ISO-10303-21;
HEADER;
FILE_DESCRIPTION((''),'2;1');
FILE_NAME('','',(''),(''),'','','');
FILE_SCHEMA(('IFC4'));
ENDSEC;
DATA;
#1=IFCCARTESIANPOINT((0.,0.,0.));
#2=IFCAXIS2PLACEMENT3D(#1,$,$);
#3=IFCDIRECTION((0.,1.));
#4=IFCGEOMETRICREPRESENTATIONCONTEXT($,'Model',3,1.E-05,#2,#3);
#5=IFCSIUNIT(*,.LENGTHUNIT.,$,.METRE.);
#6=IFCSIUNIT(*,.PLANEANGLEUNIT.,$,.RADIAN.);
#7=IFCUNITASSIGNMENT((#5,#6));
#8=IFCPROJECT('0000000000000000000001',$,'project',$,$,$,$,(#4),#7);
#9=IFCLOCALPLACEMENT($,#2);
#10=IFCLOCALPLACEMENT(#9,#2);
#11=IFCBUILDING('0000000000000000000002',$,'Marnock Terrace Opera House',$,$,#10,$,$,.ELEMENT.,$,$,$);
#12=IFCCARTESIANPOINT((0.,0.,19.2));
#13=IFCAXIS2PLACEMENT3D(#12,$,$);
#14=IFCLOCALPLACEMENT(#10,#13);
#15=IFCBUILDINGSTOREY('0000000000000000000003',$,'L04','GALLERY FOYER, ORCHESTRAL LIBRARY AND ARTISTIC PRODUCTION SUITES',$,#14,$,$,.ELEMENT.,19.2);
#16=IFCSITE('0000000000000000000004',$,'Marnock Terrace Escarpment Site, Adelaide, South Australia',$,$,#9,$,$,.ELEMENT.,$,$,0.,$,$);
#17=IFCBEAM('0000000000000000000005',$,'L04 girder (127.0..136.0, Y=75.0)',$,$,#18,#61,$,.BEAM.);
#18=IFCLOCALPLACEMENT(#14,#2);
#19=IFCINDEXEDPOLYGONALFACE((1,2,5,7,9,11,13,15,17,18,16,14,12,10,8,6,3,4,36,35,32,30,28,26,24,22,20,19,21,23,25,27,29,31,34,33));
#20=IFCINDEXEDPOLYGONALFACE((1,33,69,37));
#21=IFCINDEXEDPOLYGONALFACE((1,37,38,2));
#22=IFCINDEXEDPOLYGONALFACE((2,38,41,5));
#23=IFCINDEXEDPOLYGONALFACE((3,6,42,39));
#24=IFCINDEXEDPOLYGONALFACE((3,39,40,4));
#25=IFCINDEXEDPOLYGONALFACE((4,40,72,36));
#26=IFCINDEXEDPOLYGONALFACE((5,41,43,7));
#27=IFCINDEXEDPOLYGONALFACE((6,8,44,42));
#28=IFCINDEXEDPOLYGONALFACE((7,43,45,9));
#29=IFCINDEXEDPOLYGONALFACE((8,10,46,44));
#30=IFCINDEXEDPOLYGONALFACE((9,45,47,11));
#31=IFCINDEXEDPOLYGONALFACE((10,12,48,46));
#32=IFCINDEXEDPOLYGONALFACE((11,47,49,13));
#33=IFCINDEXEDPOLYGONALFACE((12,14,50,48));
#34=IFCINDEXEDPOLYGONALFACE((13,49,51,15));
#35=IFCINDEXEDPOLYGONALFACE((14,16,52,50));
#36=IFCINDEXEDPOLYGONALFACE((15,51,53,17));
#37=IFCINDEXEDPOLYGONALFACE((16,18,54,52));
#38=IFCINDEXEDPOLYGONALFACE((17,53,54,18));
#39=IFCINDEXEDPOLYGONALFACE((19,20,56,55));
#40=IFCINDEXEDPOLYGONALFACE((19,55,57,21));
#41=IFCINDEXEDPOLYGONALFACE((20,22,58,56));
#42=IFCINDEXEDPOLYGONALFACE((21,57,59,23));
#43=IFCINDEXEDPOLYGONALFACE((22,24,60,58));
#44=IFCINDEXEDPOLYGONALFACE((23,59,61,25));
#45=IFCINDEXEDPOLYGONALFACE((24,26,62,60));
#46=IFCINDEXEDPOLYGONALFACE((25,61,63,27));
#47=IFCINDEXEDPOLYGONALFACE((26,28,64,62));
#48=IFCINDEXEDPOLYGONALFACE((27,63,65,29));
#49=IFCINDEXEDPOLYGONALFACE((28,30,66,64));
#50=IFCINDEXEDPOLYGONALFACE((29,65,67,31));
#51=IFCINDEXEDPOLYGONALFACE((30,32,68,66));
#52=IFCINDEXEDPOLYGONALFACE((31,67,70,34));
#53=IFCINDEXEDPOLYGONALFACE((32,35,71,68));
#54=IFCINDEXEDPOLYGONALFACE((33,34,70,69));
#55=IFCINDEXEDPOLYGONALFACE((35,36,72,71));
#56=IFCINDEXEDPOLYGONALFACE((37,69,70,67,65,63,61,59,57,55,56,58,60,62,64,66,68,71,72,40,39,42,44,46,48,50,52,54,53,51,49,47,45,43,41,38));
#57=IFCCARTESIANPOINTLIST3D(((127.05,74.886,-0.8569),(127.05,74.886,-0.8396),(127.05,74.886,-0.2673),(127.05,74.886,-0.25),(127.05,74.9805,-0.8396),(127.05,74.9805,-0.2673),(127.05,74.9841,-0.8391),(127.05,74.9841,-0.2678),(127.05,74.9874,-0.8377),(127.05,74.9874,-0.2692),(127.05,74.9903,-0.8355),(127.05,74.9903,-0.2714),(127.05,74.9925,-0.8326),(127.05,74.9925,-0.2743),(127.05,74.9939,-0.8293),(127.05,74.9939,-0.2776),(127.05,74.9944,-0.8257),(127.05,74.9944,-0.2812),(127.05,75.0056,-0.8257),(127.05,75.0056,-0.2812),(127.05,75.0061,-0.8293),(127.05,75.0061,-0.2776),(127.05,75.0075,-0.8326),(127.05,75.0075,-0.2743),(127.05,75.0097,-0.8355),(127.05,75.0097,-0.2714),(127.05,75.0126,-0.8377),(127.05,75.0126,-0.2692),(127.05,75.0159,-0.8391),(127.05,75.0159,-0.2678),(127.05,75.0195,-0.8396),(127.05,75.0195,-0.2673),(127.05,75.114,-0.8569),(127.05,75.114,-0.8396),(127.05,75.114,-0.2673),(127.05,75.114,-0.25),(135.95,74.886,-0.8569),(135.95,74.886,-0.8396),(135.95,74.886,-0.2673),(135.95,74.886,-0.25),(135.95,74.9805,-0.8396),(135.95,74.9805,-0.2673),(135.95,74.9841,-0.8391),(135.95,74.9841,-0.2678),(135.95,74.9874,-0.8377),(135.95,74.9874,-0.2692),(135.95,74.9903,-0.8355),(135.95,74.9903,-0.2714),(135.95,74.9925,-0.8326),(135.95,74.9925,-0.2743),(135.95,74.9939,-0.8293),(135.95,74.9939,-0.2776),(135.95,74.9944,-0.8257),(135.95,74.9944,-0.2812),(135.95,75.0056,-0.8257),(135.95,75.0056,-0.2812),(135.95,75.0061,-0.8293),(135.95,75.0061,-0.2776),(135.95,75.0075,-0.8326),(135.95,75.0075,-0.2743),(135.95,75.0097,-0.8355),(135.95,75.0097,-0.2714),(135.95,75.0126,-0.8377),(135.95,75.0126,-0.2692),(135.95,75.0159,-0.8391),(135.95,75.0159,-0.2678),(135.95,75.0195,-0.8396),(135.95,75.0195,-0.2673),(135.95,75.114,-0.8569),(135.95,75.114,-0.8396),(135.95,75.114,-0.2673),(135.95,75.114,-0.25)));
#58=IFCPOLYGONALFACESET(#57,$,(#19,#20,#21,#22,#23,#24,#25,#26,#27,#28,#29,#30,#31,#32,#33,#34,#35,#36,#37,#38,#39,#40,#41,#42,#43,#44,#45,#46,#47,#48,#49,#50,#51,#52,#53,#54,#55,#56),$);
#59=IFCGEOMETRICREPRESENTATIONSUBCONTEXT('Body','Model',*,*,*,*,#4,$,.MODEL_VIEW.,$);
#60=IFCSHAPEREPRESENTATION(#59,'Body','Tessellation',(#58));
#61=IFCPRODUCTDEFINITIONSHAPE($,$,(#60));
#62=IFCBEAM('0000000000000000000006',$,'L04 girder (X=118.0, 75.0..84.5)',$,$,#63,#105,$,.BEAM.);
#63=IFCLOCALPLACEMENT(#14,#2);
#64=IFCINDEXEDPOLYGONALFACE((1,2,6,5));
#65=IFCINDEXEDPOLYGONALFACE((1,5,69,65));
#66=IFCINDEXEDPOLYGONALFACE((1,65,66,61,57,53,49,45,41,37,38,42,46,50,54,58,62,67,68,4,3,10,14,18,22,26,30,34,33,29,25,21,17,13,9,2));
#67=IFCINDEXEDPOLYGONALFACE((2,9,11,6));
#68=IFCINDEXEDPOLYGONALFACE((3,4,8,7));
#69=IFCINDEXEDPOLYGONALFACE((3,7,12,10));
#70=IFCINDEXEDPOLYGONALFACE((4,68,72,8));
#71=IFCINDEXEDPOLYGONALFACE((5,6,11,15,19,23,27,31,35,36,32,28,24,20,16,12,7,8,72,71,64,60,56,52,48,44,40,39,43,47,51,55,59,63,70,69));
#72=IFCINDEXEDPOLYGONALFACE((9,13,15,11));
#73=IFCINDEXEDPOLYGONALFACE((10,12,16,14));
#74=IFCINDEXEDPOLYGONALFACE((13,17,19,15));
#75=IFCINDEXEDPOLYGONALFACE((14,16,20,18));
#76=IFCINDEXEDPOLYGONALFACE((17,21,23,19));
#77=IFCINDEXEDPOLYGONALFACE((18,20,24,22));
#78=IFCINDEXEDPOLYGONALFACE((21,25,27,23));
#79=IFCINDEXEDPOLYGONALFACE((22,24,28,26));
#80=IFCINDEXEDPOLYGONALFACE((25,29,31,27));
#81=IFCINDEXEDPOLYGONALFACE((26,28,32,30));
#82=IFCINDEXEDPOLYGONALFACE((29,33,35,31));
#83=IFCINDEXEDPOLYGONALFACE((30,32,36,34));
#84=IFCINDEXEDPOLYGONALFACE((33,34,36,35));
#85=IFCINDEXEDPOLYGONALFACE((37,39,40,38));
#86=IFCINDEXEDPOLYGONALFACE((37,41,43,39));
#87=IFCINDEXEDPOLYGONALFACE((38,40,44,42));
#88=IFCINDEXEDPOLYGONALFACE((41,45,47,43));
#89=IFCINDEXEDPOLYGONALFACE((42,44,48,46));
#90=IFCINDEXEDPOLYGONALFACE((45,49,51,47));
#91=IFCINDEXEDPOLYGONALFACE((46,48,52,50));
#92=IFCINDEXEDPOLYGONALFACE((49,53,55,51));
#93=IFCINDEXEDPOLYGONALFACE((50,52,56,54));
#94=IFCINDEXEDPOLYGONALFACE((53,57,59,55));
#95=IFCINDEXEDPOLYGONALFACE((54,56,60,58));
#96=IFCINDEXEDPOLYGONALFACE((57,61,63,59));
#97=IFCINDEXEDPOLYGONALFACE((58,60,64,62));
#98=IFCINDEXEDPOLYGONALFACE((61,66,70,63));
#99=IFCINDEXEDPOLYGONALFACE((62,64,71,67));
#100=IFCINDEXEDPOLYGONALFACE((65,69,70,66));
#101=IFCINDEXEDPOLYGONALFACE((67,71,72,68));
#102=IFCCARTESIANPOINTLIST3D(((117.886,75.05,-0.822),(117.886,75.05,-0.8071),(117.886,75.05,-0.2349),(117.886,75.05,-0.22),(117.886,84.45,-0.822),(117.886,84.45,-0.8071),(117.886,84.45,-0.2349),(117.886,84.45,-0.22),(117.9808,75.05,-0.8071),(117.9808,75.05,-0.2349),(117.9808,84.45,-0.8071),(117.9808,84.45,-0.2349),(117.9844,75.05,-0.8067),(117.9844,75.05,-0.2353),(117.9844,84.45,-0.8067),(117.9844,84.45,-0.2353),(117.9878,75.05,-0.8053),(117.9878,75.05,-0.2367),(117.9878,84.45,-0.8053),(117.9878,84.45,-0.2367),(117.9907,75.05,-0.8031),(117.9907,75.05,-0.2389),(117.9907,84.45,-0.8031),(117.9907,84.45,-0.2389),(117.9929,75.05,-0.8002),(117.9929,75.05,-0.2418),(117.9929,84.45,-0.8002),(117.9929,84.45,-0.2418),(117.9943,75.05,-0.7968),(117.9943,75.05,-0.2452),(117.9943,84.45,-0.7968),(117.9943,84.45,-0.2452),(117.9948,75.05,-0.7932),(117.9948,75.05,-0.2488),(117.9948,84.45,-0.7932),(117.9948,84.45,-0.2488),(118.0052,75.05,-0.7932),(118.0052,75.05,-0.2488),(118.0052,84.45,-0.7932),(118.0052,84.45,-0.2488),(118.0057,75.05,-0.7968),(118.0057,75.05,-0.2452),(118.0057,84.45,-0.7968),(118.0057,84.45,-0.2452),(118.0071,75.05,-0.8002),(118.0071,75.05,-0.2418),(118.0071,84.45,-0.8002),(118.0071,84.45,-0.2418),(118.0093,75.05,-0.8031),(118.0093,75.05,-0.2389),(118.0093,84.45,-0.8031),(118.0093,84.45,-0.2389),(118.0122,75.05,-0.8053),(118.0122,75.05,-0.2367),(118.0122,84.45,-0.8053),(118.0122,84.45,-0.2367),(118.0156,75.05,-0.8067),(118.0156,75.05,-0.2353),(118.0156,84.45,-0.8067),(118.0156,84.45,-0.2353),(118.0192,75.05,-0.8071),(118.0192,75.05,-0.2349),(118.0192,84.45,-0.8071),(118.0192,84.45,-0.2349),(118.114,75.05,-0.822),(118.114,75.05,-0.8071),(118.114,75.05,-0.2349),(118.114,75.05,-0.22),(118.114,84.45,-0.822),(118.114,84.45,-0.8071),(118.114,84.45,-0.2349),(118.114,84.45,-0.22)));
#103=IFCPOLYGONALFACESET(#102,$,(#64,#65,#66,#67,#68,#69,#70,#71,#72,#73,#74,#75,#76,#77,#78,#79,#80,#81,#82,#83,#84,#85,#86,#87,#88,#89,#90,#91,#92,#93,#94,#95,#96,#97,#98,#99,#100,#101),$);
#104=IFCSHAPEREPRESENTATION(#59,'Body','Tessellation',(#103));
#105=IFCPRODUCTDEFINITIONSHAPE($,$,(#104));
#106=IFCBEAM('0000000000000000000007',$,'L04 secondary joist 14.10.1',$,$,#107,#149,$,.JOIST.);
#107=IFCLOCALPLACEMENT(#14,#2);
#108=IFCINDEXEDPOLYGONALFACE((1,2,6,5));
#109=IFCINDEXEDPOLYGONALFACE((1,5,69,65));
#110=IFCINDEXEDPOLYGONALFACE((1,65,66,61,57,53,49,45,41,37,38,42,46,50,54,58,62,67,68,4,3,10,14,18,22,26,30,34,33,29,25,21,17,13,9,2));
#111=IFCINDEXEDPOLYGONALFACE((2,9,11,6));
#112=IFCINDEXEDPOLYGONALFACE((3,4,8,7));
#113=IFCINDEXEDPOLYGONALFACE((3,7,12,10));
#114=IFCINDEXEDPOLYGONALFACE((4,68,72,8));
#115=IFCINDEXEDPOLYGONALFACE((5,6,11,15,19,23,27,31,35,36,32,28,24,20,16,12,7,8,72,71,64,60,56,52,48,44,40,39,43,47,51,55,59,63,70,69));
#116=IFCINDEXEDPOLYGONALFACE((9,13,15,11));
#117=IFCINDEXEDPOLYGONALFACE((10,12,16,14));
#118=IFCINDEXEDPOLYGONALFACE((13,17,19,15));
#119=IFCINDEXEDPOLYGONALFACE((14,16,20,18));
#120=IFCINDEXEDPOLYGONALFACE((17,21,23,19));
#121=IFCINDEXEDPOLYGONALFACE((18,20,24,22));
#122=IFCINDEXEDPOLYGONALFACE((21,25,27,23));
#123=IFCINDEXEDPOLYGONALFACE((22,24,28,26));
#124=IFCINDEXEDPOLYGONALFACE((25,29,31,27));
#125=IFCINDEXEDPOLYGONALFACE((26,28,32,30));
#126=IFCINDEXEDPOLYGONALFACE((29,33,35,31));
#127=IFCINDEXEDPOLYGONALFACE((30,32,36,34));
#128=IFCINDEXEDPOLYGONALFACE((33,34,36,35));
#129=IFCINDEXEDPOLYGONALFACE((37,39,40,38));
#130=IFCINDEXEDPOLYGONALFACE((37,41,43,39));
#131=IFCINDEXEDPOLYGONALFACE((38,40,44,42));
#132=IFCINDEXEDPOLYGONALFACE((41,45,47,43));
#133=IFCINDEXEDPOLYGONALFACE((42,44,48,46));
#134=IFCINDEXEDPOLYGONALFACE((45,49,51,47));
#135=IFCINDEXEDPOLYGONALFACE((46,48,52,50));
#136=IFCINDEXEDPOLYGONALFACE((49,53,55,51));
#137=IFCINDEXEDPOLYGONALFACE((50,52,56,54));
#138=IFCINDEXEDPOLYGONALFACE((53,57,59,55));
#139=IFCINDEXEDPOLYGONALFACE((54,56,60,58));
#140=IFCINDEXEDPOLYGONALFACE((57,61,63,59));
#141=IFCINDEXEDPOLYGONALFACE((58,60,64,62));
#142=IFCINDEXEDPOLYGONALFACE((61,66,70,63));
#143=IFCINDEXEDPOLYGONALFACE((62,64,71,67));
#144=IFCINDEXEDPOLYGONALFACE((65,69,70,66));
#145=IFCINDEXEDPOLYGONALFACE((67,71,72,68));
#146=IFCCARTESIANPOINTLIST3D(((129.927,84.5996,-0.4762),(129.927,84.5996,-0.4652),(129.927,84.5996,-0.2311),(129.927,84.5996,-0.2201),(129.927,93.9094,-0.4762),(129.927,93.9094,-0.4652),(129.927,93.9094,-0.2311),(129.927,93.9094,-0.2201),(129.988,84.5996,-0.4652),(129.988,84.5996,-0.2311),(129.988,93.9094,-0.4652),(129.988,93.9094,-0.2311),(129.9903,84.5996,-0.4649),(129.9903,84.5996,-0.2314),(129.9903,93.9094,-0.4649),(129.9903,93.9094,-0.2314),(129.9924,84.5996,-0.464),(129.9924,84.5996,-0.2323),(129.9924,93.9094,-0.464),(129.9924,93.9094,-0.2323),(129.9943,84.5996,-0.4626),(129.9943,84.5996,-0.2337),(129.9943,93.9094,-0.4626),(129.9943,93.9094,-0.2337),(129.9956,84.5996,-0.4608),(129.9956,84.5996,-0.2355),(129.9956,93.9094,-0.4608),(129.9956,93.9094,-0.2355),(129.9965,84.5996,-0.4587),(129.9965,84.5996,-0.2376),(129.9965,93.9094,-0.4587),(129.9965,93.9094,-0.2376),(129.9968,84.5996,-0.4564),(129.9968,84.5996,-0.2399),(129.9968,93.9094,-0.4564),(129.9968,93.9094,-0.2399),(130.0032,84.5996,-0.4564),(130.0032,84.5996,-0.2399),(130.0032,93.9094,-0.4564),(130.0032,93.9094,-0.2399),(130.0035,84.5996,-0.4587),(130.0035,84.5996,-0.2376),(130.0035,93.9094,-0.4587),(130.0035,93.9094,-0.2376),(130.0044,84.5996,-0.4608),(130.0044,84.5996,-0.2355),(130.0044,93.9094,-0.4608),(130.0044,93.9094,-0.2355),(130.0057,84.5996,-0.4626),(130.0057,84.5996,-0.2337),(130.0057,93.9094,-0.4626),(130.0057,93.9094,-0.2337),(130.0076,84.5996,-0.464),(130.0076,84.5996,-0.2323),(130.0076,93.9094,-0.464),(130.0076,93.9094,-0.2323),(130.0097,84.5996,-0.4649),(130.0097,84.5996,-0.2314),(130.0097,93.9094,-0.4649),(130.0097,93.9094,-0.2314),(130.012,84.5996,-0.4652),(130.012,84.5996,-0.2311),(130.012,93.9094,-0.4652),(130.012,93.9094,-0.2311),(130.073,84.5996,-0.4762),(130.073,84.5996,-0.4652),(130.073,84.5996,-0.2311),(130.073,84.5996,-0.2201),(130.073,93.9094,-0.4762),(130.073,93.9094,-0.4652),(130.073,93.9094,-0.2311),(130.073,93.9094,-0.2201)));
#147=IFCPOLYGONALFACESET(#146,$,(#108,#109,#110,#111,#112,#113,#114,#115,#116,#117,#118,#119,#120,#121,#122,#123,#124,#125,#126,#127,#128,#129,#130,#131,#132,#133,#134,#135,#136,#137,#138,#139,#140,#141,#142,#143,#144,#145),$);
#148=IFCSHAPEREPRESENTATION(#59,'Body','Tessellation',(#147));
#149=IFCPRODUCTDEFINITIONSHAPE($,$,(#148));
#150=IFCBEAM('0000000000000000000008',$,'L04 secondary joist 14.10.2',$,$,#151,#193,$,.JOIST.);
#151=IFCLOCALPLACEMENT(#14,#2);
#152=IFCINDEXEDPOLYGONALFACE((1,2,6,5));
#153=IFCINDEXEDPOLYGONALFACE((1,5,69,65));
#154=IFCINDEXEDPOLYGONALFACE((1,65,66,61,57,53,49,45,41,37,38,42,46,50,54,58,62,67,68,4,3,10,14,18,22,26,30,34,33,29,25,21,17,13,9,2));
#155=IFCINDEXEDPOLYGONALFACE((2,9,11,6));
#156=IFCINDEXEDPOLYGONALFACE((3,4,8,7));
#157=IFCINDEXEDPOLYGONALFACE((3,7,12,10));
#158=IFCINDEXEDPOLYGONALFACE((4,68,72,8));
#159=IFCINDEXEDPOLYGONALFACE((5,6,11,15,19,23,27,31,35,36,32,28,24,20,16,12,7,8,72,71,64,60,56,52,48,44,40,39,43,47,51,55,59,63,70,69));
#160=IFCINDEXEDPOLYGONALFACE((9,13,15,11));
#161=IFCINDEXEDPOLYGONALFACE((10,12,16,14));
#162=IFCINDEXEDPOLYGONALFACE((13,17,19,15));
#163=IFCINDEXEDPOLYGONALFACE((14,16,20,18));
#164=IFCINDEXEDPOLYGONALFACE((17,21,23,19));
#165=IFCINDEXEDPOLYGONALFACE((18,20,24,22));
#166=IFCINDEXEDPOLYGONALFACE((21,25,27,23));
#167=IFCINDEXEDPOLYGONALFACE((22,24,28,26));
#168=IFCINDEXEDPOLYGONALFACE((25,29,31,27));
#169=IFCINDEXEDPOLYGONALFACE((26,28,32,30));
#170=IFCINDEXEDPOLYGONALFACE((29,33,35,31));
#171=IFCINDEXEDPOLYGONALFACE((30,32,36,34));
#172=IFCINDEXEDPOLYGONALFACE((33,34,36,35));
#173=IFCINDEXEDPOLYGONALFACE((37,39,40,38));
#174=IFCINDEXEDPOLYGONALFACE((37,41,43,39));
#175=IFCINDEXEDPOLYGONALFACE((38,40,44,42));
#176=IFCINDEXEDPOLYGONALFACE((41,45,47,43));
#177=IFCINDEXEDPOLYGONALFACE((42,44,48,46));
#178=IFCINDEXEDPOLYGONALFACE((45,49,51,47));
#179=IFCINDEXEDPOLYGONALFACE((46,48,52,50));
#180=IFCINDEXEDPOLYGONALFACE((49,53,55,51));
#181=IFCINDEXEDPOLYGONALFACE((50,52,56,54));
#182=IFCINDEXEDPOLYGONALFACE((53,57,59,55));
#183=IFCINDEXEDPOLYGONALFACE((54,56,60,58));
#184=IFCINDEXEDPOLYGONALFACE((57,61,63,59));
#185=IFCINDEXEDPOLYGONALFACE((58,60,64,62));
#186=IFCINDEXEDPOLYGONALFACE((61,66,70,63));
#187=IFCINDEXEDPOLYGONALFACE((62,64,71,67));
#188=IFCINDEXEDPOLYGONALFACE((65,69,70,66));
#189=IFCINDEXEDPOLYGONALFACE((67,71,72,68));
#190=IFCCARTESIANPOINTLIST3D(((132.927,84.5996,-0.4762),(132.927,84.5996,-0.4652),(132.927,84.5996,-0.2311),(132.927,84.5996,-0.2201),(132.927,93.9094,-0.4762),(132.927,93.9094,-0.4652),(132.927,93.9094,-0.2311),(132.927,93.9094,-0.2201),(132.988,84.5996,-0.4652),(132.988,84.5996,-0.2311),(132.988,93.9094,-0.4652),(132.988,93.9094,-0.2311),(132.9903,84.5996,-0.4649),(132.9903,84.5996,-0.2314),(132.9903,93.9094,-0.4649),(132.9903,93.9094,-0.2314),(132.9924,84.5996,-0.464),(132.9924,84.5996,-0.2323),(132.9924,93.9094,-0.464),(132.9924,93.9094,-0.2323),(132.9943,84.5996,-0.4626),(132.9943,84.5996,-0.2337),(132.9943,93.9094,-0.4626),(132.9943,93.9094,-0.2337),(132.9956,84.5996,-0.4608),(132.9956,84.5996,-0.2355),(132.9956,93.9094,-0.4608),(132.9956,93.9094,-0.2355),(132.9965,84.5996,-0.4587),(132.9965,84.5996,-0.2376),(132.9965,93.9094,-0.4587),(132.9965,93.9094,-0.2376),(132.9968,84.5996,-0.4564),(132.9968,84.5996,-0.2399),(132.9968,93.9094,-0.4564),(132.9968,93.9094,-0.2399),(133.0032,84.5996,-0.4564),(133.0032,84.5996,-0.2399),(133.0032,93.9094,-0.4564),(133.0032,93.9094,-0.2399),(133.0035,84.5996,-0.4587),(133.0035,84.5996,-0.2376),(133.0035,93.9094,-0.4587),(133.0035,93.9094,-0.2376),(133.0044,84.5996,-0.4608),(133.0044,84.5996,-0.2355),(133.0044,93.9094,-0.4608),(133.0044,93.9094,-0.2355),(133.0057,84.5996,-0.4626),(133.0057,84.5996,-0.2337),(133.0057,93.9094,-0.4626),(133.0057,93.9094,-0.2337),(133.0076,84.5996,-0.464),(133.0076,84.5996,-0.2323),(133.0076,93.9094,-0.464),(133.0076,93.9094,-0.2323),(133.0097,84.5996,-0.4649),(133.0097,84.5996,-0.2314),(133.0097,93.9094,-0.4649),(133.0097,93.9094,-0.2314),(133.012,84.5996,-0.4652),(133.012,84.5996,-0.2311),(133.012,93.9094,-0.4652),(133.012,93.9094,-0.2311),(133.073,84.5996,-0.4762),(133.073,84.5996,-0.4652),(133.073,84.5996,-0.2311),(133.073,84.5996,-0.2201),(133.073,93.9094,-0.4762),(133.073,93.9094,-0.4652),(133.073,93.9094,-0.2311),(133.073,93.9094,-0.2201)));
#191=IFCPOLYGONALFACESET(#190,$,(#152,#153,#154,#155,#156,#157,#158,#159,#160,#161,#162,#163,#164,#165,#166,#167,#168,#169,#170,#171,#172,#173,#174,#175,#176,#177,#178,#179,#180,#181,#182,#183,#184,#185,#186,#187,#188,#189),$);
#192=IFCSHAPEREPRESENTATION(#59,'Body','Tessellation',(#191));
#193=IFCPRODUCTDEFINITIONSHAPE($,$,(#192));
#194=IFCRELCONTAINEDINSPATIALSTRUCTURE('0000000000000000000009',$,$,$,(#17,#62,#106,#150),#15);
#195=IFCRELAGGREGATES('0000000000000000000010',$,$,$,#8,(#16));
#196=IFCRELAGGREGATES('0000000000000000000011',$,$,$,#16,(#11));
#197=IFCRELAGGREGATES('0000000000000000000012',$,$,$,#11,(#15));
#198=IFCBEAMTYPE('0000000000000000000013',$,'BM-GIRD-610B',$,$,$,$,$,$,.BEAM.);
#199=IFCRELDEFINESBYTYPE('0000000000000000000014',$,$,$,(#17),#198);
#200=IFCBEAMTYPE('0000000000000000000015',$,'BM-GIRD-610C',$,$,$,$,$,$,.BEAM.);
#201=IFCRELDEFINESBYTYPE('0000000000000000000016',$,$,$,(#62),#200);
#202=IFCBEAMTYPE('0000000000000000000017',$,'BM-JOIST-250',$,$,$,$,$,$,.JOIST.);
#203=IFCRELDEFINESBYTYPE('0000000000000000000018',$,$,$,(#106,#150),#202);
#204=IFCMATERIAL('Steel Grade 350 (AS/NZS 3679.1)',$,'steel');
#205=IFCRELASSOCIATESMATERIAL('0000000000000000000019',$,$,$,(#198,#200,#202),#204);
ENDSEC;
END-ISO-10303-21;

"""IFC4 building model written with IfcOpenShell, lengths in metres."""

from ifc_helpers import new_model, si_unit, direction, frame, origin, origin_2d, place, context, subcontext, project, spatial, i_section, extrude, material, material_profile, profile_set, type_object, element, save


model = new_model("IFC4")

# Units and contexts
model_context = context("Model", 3, precision=1e-05, world=origin(), true_north=direction((0.0, 1.0)))
body_context = subcontext(model_context, "Body", "Model", "MODEL_VIEW")
ifc_project = project(units=[si_unit("LENGTHUNIT", "METRE"), si_unit("PLANEANGLEUNIT", "RADIAN")], contexts=[model_context])

# Site, building, storey
site_placement = place(None, origin())
site = spatial("IfcSite", under=ifc_project, at=site_placement, Name="Marnock Terrace Escarpment Site, Adelaide, South Australia", CompositionType="ELEMENT", RefElevation=0.0)
building_placement = place(site_placement, origin())
building = spatial("IfcBuilding", under=site, at=building_placement, Name="Marnock Terrace Opera House", CompositionType="ELEMENT")
storey_placement = place(building_placement, frame((0.0, 0.0, 19.2)))
storey = spatial("IfcBuildingStorey", under=building, at=storey_placement, Name="L04", Description="GALLERY FOYER, ORCHESTRAL LIBRARY AND ARTISTIC PRODUCTION SUITES", CompositionType="ELEMENT", Elevation=19.2)

# Beams
ifc_material_1 = material(Name="Steel Grade 350 (AS/NZS 3679.1)", Category="steel")
ifc_material_profile_1 = material_profile(ifc_material_1, i_section(OverallWidth=0.228, OverallDepth=0.6069, WebThickness=0.0112, FlangeThickness=0.0173, FilletRadius=0.0139, at=origin_2d()))
ifc_profile_set_1 = profile_set([ifc_material_profile_1], Name="Steel Grade 350 (AS/NZS 3679.1)")
beam_type_1 = type_object("IfcBeamType", Name="BM-GIRD-610B", PredefinedType="BEAM", material=ifc_profile_set_1)
beam_1_placement = place(storey_placement, frame((127.05, 75.0, -0.5535), z_axis=(1.0, 0.0, 0.0), x_axis=(0.0, 1.0, 0.0)))
element("IfcBeam", 1, at=beam_1_placement, inside=storey, type_object=beam_type_1, Name="L04 girder (127.0..136.0, Y=75.0)", PredefinedType="BEAM", context=body_context, shape_type="SweptSolid", body=[
    extrude(i_section(OverallWidth=0.228, OverallDepth=0.6069, WebThickness=0.0112, FlangeThickness=0.0173, FilletRadius=0.0139, at=origin_2d()), origin(), (0.0, 0.0, 1.0), 8.8999),
])
ifc_material_profile_2 = material_profile(ifc_material_1, i_section(OverallWidth=0.228, OverallDepth=0.6021, WebThickness=0.0105, FlangeThickness=0.0149, FilletRadius=0.0139, at=origin_2d()))
ifc_profile_set_2 = profile_set([ifc_material_profile_2], Name="Steel Grade 350 (AS/NZS 3679.1)")
beam_type_2 = type_object("IfcBeamType", Name="BM-GIRD-610C", PredefinedType="BEAM", material=ifc_profile_set_2)
beam_2_placement = place(storey_placement, frame((118.0, 75.05, -0.521), z_axis=(0.0, 1.0, 0.0), x_axis=(-1.0, 0.0, 0.0)))
element("IfcBeam", 2, at=beam_2_placement, inside=storey, type_object=beam_type_2, Name="L04 girder (X=118.0, 75.0..84.5)", PredefinedType="BEAM", context=body_context, shape_type="SweptSolid", body=[
    extrude(i_section(OverallWidth=0.228, OverallDepth=0.6021, WebThickness=0.0105, FlangeThickness=0.0149, FilletRadius=0.0139, at=origin_2d()), origin(), (0.0, 0.0, 1.0), 9.3999),
])
ifc_material_profile_3 = material_profile(ifc_material_1, i_section(OverallWidth=0.146, OverallDepth=0.2561, WebThickness=0.0063, FlangeThickness=0.011, FilletRadius=0.0088, at=origin_2d()))
ifc_profile_set_3 = profile_set([ifc_material_profile_3], Name="Steel Grade 350 (AS/NZS 3679.1)")
beam_type_3 = type_object("IfcBeamType", Name="BM-JOIST-250", PredefinedType="JOIST", material=ifc_profile_set_3)
for number, where, z_axis, x_axis, name in (
    (3, (130.0, 84.5996, -0.3481), (0.0, 1.0, 0.0), (-1.0, 0.0, 0.0), "L04 secondary joist 14.10.1"),
    (4, (133.0, 84.5996, -0.3481), (0.0, 1.0, 0.0), (-1.0, 0.0, 0.0), "L04 secondary joist 14.10.2"),
):
    element("IfcBeam", number, at=place(storey_placement, frame(where, z_axis=z_axis, x_axis=x_axis)), inside=storey, type_object=beam_type_3, Name=name, PredefinedType="JOIST", context=body_context, shape_type="SweptSolid", body=[
        extrude(i_section(OverallWidth=0.146, OverallDepth=0.2561, WebThickness=0.0063, FlangeThickness=0.011, FilletRadius=0.0088, at=origin_2d()), origin(), (0.0, 0.0, 1.0), 9.3098),
    ])

save(model, "model.ifc")
